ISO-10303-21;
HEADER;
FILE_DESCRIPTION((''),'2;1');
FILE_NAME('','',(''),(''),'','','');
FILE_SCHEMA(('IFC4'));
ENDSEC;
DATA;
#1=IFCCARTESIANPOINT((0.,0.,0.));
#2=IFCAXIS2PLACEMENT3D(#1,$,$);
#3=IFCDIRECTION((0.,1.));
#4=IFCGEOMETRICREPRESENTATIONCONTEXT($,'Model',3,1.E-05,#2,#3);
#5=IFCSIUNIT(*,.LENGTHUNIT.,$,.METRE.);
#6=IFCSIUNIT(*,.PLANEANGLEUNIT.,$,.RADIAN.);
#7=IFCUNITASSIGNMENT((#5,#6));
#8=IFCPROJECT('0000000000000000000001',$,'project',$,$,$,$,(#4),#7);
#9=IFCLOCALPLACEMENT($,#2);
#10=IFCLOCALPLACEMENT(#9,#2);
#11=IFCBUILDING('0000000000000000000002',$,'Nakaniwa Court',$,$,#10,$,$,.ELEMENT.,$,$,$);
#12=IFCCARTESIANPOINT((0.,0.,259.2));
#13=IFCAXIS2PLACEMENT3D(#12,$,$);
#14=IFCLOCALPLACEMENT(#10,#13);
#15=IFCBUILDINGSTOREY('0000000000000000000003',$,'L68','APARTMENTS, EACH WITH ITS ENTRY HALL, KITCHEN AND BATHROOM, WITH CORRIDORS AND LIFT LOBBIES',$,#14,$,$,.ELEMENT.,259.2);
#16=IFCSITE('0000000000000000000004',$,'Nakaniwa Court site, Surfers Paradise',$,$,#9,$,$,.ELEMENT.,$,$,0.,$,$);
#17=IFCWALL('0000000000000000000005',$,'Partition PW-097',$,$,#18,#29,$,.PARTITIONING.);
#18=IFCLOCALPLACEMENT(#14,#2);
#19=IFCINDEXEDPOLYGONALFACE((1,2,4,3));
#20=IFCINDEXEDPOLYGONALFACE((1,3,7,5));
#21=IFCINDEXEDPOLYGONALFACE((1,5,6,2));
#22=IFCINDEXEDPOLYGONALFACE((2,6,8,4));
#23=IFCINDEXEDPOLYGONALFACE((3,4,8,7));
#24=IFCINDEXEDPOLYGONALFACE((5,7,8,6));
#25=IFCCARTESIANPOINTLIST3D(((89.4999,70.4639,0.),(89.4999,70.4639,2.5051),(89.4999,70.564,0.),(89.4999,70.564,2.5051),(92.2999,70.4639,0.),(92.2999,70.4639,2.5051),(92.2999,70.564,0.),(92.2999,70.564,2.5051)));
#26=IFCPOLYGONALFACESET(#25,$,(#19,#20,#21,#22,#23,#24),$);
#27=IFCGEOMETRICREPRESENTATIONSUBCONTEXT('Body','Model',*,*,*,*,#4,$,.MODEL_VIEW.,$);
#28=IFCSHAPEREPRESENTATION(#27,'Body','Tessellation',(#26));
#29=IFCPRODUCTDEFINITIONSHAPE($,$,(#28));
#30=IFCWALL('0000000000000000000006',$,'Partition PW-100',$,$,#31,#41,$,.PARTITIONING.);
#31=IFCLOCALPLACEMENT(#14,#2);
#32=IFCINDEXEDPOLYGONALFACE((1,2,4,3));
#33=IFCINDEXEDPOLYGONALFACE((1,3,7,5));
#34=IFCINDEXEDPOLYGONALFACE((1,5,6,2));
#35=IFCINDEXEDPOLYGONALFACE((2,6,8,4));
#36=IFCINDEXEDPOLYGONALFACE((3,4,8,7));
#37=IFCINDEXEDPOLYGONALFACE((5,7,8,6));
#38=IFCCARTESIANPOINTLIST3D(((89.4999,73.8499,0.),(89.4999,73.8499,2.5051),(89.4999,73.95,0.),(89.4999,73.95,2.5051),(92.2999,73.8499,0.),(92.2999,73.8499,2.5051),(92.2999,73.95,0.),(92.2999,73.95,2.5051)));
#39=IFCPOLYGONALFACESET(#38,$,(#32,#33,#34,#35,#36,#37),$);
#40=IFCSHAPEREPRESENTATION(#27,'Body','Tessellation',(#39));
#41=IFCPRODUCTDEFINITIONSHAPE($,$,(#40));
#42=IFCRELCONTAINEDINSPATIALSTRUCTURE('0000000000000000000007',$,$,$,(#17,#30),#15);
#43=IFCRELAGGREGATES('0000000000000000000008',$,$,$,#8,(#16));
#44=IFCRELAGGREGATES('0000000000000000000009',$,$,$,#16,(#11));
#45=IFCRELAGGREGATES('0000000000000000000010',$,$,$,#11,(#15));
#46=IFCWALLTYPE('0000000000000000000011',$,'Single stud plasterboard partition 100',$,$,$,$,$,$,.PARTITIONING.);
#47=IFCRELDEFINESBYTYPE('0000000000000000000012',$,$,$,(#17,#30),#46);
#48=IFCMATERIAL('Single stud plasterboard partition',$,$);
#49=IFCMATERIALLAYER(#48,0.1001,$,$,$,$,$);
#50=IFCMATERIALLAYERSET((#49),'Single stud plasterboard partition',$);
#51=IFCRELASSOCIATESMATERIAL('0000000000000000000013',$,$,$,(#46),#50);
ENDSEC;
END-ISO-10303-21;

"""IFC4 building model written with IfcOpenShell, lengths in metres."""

from ifc_helpers import new_model, si_unit, direction, frame, frame_2d, origin, place, context, subcontext, project, spatial, rectangle, extrude, material, layer, layer_set, type_object, element, save


model = new_model("IFC4")

# Units and contexts
model_context = context("Model", 3, precision=1e-05, world=origin(), true_north=direction((0.0, 1.0)))
body_context = subcontext(model_context, "Body", "Model", "MODEL_VIEW")
ifc_project = project(units=[si_unit("LENGTHUNIT", "METRE"), si_unit("PLANEANGLEUNIT", "RADIAN")], contexts=[model_context])

# Site, building, storey
site_placement = place(None, origin())
site = spatial("IfcSite", under=ifc_project, at=site_placement, Name="Nakaniwa Court site, Surfers Paradise", CompositionType="ELEMENT", RefElevation=0.0)
building_placement = place(site_placement, origin())
building = spatial("IfcBuilding", under=site, at=building_placement, Name="Nakaniwa Court", CompositionType="ELEMENT")
storey_placement = place(building_placement, frame((0.0, 0.0, 259.2)))
storey = spatial("IfcBuildingStorey", under=building, at=storey_placement, Name="L68", Description="APARTMENTS, EACH WITH ITS ENTRY HALL, KITCHEN AND BATHROOM, WITH CORRIDORS AND LIFT LOBBIES", CompositionType="ELEMENT", Elevation=259.2)

# Walls
ifc_material_1 = material(Name="Single stud plasterboard partition")
ifc_layer_1 = layer(ifc_material_1, 0.1001)
ifc_layer_set_1 = layer_set([ifc_layer_1], Name="Single stud plasterboard partition")
wall_type_1 = type_object("IfcWallType", Name="Single stud plasterboard partition 100", PredefinedType="PARTITIONING", material=ifc_layer_set_1)
for number, where, z_axis, x_axis, name in (
    (1, (89.5, 70.5139, 0.0), (0.0, 0.0, 1.0), (1.0, 0.0, 0.0), "Partition PW-097"),
    (2, (89.5, 73.8999, 0.0), (0.0, 0.0, 1.0), (1.0, 0.0, 0.0), "Partition PW-100"),
):
    element("IfcWall", number, at=place(storey_placement, frame(where, z_axis=z_axis, x_axis=x_axis)), inside=storey, type_object=wall_type_1, Name=name, PredefinedType="PARTITIONING", context=body_context, shape_type="SweptSolid", body=[
        extrude(rectangle(XDim=2.8, YDim=0.1001, at=frame_2d((1.3999, 0.0))), origin(), (0.0, 0.0, 1.0), 2.5051),
    ])

save(model, "model.ifc")
